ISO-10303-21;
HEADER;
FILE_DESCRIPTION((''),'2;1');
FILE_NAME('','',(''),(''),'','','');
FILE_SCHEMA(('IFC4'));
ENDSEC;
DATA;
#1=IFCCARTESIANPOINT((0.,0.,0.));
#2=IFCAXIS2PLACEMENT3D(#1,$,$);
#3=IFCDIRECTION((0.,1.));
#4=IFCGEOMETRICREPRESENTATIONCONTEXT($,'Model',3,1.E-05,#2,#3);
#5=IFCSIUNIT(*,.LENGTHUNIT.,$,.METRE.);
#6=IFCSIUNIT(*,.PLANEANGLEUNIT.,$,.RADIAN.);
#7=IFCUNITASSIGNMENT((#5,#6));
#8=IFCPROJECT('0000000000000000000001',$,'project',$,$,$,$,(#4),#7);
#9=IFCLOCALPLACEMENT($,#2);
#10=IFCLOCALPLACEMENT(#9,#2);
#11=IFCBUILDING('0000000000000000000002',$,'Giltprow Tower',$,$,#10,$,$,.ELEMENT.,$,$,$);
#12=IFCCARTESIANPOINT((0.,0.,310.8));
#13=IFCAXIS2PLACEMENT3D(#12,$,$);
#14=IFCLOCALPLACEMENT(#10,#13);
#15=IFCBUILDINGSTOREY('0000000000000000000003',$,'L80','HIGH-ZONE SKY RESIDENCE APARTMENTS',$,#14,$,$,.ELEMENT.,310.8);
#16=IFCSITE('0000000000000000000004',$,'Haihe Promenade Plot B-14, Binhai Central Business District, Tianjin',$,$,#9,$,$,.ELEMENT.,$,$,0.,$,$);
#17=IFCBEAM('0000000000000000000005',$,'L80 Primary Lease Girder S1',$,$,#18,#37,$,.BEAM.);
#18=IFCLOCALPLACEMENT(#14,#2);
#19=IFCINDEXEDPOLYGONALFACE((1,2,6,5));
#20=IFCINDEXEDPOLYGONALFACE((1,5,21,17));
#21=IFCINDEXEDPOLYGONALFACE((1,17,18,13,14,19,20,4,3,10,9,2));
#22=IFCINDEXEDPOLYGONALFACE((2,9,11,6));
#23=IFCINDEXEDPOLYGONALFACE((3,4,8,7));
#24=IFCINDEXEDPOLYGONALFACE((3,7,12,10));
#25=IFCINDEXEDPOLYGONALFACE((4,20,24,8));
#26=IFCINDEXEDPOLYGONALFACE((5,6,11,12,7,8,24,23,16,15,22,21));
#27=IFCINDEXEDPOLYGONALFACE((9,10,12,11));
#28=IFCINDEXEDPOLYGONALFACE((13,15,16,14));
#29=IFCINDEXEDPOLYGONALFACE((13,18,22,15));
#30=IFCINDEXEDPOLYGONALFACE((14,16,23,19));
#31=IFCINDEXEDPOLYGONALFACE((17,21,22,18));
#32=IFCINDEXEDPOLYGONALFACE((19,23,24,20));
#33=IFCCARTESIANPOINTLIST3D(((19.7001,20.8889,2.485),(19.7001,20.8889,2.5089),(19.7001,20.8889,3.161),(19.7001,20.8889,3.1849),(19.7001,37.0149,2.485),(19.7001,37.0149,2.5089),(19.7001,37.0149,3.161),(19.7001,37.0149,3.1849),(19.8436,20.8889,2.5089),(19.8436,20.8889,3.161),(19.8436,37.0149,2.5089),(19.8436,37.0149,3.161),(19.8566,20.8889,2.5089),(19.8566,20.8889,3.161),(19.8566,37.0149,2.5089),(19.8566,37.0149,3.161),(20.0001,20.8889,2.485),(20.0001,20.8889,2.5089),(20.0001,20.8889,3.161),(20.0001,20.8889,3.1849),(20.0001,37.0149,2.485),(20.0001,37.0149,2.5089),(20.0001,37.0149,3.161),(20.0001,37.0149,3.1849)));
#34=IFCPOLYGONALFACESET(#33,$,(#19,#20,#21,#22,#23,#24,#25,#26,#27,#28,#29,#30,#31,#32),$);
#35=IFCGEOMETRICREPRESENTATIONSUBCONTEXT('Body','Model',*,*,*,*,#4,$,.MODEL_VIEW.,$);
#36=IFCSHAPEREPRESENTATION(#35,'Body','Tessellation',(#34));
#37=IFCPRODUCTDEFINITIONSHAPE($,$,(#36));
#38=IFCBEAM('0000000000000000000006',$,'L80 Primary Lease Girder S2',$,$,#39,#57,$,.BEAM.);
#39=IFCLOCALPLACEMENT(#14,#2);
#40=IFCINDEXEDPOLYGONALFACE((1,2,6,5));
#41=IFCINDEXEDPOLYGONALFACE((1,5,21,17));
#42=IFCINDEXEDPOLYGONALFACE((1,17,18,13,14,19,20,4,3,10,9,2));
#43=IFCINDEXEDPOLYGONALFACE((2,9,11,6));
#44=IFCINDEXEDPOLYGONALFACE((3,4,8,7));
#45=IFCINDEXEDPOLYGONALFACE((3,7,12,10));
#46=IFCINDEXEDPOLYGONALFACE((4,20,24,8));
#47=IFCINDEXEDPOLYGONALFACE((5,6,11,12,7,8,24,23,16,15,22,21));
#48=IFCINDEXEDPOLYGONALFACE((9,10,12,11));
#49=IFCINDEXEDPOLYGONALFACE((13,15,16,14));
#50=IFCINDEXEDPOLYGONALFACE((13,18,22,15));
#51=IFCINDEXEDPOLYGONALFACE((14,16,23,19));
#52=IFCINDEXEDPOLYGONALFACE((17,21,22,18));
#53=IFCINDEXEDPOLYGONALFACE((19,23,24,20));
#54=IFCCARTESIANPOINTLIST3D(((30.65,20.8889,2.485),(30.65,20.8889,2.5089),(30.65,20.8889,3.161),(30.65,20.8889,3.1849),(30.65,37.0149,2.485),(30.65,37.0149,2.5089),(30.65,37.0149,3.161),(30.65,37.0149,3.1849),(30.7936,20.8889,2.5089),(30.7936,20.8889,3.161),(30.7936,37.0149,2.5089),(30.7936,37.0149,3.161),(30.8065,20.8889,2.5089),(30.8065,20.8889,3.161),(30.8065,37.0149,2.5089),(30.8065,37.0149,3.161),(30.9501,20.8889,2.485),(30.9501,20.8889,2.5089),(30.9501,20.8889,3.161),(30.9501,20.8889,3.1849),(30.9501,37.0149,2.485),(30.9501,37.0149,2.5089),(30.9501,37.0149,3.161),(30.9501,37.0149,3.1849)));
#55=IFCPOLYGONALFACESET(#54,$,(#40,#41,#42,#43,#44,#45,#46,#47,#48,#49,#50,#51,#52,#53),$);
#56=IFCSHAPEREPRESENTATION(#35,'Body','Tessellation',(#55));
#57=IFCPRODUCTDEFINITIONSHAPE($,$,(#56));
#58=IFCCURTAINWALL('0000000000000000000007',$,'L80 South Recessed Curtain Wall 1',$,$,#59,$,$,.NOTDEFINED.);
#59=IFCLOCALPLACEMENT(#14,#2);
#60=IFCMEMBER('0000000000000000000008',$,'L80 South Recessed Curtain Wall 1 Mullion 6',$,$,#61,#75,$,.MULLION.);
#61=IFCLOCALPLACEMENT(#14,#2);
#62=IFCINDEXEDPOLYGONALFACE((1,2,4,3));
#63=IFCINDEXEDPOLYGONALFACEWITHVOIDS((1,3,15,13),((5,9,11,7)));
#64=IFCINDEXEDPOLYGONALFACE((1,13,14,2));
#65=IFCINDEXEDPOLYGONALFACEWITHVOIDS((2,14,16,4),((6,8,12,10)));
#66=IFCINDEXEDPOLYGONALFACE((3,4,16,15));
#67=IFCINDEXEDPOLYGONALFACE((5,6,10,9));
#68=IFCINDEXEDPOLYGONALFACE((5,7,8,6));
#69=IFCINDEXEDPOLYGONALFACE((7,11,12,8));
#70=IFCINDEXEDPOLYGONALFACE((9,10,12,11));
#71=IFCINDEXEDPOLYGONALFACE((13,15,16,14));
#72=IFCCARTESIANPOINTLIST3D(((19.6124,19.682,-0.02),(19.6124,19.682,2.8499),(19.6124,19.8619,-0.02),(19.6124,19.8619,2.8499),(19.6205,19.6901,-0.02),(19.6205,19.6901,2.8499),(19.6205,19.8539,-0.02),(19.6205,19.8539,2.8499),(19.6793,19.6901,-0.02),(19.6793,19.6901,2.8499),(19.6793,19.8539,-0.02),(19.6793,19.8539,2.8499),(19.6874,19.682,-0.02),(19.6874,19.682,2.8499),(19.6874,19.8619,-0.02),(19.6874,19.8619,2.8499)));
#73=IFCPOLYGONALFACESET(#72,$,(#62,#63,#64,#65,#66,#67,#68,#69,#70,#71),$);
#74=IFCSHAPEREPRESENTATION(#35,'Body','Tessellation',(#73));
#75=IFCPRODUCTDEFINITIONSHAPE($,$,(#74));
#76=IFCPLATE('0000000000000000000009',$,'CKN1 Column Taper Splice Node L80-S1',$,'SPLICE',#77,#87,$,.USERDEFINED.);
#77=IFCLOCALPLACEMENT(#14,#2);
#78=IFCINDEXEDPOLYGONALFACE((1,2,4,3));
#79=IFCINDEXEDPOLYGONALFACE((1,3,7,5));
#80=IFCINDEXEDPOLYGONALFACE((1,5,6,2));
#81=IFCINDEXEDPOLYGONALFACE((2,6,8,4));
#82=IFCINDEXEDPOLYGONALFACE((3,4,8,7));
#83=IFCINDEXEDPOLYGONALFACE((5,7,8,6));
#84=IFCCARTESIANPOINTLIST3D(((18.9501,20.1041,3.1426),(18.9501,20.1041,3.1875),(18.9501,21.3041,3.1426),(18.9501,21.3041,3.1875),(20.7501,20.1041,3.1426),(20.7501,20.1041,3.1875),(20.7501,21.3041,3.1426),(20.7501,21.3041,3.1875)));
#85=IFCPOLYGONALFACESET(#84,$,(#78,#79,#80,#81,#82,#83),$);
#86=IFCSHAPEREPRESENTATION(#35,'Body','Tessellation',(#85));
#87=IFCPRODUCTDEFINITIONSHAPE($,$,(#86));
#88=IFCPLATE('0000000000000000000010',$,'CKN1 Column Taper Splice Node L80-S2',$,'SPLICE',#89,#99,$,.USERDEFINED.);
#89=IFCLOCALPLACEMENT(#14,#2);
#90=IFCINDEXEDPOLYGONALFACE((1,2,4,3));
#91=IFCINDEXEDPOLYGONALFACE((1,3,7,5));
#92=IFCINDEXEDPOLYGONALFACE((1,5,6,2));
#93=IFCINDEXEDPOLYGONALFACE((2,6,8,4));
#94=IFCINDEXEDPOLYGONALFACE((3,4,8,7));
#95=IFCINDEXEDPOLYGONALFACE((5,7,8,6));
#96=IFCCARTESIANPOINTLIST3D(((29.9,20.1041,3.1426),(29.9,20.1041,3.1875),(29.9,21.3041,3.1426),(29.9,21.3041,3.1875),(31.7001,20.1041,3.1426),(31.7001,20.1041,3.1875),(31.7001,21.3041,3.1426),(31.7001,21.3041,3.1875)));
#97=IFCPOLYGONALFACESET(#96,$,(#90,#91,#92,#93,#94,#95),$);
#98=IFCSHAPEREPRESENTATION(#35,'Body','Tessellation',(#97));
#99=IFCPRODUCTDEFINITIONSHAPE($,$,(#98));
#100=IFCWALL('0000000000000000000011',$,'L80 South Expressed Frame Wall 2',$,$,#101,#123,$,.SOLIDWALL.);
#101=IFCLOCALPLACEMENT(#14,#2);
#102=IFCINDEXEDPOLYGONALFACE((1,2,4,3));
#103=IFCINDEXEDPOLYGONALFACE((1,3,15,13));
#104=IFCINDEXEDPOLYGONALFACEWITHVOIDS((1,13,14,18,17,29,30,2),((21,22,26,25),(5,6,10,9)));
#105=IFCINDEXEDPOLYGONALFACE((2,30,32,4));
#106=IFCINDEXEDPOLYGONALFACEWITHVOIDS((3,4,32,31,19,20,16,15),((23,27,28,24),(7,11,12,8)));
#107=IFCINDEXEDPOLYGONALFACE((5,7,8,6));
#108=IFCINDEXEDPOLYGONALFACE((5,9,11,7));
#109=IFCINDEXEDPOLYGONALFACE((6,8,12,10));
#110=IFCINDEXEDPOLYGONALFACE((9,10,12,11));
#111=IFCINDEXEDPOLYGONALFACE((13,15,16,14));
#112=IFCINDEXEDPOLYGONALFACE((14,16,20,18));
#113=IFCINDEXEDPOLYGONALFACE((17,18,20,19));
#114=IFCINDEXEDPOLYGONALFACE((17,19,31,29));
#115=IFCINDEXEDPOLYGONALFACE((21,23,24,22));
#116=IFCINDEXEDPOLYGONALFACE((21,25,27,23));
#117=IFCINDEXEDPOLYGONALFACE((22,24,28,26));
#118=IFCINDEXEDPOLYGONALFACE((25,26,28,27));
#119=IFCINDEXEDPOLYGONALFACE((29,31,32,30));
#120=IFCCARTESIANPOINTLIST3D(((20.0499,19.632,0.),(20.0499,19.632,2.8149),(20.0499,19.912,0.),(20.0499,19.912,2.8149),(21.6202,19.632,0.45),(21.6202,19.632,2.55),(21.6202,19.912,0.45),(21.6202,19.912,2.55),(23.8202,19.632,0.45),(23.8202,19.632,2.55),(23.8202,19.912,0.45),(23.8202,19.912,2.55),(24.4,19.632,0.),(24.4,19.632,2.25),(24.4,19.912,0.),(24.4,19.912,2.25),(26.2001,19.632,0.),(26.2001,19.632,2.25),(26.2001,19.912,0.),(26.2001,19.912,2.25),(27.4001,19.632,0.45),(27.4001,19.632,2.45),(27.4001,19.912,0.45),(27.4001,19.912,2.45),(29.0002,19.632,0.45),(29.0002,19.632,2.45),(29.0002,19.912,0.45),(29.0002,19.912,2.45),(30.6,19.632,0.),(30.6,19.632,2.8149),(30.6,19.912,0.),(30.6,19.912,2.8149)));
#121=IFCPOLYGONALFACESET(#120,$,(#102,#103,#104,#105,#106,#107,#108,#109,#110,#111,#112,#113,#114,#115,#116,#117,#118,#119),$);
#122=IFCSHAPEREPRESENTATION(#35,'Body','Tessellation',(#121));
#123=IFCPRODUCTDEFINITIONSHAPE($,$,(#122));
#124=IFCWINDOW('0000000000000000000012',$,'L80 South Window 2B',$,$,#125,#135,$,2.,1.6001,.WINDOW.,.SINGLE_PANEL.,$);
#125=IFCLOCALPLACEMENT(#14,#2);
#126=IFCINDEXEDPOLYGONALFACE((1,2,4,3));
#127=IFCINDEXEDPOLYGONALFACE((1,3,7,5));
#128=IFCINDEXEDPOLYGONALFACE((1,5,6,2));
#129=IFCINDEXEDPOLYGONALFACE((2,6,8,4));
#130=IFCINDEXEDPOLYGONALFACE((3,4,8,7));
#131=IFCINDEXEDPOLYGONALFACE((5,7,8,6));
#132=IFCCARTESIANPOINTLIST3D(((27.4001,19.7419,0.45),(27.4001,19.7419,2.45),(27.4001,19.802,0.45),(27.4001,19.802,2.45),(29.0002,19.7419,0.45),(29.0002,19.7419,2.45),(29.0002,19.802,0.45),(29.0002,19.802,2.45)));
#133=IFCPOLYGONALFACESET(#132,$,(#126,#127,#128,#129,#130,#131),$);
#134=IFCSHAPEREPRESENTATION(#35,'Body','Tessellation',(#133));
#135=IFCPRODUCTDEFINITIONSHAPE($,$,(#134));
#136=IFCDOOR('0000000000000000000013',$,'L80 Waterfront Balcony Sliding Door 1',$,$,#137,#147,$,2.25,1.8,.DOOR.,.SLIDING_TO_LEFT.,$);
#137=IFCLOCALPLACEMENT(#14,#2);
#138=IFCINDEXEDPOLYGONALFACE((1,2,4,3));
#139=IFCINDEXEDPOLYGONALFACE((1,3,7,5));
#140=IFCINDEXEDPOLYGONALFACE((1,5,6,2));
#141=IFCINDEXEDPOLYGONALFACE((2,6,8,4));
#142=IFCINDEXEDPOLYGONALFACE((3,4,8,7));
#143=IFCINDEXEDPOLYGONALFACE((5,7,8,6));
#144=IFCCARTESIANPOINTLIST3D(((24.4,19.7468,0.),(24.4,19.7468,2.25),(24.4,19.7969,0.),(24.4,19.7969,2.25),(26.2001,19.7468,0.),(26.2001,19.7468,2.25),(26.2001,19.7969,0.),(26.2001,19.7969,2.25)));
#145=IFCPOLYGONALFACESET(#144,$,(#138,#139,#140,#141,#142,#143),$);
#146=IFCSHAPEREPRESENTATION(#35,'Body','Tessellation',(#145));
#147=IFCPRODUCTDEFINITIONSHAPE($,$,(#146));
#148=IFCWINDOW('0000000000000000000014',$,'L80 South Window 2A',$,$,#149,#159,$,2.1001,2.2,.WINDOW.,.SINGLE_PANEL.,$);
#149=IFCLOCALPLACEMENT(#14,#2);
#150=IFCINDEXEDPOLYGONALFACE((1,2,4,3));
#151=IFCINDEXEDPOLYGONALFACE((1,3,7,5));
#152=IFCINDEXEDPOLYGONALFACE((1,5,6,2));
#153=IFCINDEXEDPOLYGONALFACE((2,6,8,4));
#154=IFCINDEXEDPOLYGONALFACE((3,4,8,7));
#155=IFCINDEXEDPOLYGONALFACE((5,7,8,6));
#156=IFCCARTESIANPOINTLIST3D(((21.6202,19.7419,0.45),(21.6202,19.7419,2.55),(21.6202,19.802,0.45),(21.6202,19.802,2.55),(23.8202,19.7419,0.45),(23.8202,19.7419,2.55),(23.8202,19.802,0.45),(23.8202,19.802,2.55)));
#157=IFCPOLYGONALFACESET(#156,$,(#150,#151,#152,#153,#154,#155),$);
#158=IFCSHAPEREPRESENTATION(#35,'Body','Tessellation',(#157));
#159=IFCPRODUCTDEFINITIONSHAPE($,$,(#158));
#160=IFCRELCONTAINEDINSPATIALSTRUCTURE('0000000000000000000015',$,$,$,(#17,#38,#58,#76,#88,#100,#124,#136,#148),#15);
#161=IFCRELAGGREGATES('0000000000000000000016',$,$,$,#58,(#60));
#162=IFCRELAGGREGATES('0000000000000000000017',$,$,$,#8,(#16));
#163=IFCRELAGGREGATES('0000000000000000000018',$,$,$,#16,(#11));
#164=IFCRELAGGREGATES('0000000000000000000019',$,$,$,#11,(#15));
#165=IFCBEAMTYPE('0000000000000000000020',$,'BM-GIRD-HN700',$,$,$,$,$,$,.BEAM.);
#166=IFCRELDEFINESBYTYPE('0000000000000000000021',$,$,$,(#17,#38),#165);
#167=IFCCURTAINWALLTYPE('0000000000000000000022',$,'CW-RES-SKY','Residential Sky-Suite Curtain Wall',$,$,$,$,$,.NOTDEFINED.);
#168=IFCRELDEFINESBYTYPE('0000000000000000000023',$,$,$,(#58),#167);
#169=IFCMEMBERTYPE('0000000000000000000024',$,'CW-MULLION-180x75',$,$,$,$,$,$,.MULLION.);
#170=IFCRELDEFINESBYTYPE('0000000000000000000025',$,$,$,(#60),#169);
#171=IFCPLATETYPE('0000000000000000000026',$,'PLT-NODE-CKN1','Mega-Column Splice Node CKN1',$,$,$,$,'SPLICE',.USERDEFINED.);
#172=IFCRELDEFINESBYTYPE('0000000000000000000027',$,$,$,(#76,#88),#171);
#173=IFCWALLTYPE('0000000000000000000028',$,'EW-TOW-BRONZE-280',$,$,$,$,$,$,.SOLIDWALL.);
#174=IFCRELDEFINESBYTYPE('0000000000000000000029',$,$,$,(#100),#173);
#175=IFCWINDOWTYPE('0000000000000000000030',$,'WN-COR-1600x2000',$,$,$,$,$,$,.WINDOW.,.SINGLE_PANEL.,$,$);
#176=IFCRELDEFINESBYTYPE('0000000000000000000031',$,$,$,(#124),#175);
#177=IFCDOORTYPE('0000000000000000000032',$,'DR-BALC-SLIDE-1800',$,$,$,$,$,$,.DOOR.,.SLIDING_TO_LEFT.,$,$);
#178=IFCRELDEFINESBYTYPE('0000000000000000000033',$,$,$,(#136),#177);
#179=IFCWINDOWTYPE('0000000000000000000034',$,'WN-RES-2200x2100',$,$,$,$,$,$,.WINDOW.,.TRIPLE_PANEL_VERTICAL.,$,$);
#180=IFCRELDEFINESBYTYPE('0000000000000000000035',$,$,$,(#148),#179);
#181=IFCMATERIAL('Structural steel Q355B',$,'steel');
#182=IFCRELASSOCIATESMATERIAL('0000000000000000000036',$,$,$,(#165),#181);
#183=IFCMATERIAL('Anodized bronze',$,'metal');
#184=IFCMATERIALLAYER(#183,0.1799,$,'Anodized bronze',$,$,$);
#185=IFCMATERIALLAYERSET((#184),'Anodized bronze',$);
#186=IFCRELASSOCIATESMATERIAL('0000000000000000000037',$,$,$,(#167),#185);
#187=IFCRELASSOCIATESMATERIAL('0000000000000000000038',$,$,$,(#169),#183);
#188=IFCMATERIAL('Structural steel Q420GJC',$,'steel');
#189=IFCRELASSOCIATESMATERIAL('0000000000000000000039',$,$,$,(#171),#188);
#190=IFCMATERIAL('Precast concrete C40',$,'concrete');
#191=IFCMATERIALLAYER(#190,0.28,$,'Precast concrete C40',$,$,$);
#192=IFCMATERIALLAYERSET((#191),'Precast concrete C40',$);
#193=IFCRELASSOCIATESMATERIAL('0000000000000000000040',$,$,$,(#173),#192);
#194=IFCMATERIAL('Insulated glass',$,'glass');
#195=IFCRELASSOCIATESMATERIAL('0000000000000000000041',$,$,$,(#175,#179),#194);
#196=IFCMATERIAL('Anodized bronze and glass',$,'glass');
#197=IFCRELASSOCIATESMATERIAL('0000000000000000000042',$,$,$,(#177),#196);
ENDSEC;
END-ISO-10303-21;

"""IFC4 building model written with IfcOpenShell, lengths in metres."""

from ifc_helpers import new_model, si_unit, direction, frame, frame_2d, origin, origin_2d, place, context, subcontext, project, spatial, rectangle, hollow_rectangle, i_section, extrude, source, transform, mapped, material, layer, layer_set, material_profile, profile_set, type_object, element, fill, aggregate, save


model = new_model("IFC4")

# Units and contexts
model_context = context("Model", 3, precision=1e-05, world=origin(), true_north=direction((0.0, 1.0)))
body_context = subcontext(model_context, "Body", "Model", "MODEL_VIEW")
ifc_project = project(units=[si_unit("LENGTHUNIT", "METRE"), si_unit("PLANEANGLEUNIT", "RADIAN")], contexts=[model_context])

# Site, building, storey
site_placement = place(None, origin())
site = spatial("IfcSite", under=ifc_project, at=site_placement, Name="Haihe Promenade Plot B-14, Binhai Central Business District, Tianjin", CompositionType="ELEMENT", RefElevation=0.0)
building_placement = place(site_placement, origin())
building = spatial("IfcBuilding", under=site, at=building_placement, Name="Giltprow Tower", CompositionType="ELEMENT")
storey_placement = place(building_placement, frame((0.0, 0.0, 310.8)))
storey = spatial("IfcBuildingStorey", under=building, at=storey_placement, Name="L80", Description="HIGH-ZONE SKY RESIDENCE APARTMENTS", CompositionType="ELEMENT", Elevation=310.8)

# Shared definitions
ifc_material_1 = material(Name="Structural steel Q355B", Category="steel")

# Beams
ifc_material_profile_1 = material_profile(ifc_material_1, i_section(OverallWidth=0.3, OverallDepth=0.7, WebThickness=0.0129, FlangeThickness=0.0239, at=origin_2d()), Name="HN 700x300x13x24")
ifc_profile_set_1 = profile_set([ifc_material_profile_1], Name="Structural steel Q355B")
beam_type_1 = type_object("IfcBeamType", Name="BM-GIRD-HN700", PredefinedType="BEAM", material=ifc_profile_set_1)
shared_shape_1 = source(origin(), body_context, "Body", "SweptSolid", [
    extrude(i_section(OverallWidth=0.3, OverallDepth=0.7, WebThickness=0.0129, FlangeThickness=0.0239, at=origin_2d()), origin(), (0.0, 0.0, 1.0), 16.126),
])
for number, where, z_axis, x_axis, name in (
    (1, (19.8501, 20.8889, 2.835), (0.0, 1.0, 0.0), (-1.0, 0.0, 0.0), "L80 Primary Lease Girder S1"),
    (2, (30.8, 20.8889, 2.835), (0.0, 1.0, 0.0), (-1.0, 0.0, 0.0), "L80 Primary Lease Girder S2"),
):
    element("IfcBeam", number, at=place(storey_placement, frame(where, z_axis=z_axis, x_axis=x_axis)), inside=storey, type_object=beam_type_1, Name=name, PredefinedType="BEAM", context=body_context, shape_type="MappedRepresentation", body=[
        mapped(shared_shape_1, transform((0.0, 0.0, 0.0), x_axis=(1.0, 0.0, 0.0), y_axis=(0.0, 1.0, 0.0), z_axis=(0.0, 0.0, 1.0), scale=1.0)),
    ])

# Curtain wall, member
ifc_material_2 = material(Name="Anodized bronze", Category="metal")
ifc_layer_1 = layer(ifc_material_2, 0.1799, Name="Anodized bronze")
ifc_layer_set_1 = layer_set([ifc_layer_1], Name="Anodized bronze")
curtain_wall_type = type_object("IfcCurtainWallType", Name="CW-RES-SKY", Description="Residential Sky-Suite Curtain Wall", PredefinedType="NOTDEFINED", material=ifc_layer_set_1)
curtain_wall_placement = place(storey_placement, origin())
curtain_wall = element("IfcCurtainWall", 3, at=curtain_wall_placement, inside=storey, type_object=curtain_wall_type, Name="L80 South Recessed Curtain Wall 1", PredefinedType="NOTDEFINED")
ifc_material_profile_2 = material_profile(ifc_material_2, hollow_rectangle(XDim=0.075, YDim=0.1799, WallThickness=0.0081, at=origin_2d()), Name="RHS 180x75x8")
ifc_profile_set_2 = profile_set([ifc_material_profile_2], Name="Anodized bronze")
member_type = type_object("IfcMemberType", Name="CW-MULLION-180x75", PredefinedType="MULLION", material=ifc_profile_set_2)
shared_shape_2 = source(origin(), body_context, "Body", "SweptSolid", [
    extrude(hollow_rectangle(XDim=0.075, YDim=0.1799, WallThickness=0.0081, at=origin_2d()), origin(), (0.0, 0.0, 1.0), 2.8699),
])
member_placement = place(storey_placement, frame((19.6499, 19.772, -0.02), z_axis=(0.0, 0.0, 1.0), x_axis=(1.0, 0.0, 0.0)))
member = element("IfcMember", 4, at=member_placement, type_object=member_type, Name="L80 South Recessed Curtain Wall 1 Mullion 6", PredefinedType="MULLION", context=body_context, shape_type="MappedRepresentation", body=[
    mapped(shared_shape_2, transform((0.0, 0.0, 0.0), x_axis=(1.0, 0.0, 0.0), y_axis=(0.0, 1.0, 0.0), z_axis=(0.0, 0.0, 1.0), scale=1.0)),
])
aggregate(curtain_wall, [member])

# Plates
ifc_material_3 = material(Name="Structural steel Q420GJC", Category="steel")
plate_type = type_object("IfcPlateType", Name="PLT-NODE-CKN1", Description="Mega-Column Splice Node CKN1", ElementType="SPLICE", PredefinedType="USERDEFINED", material=ifc_material_3)
shared_shape_3 = source(origin(), body_context, "Body", "SweptSolid", [
    extrude(rectangle(XDim=1.8, YDim=1.2, at=origin_2d()), origin(), (0.0, 0.0, 1.0), 0.0449),
])
for number, where, z_axis, x_axis, name in (
    (5, (19.8501, 20.7041, 3.1426), (0.0, 0.0, 1.0), (1.0, 0.0, 0.0), "CKN1 Column Taper Splice Node L80-S1"),
    (6, (30.8, 20.7041, 3.1426), (0.0, 0.0, 1.0), (1.0, 0.0, 0.0), "CKN1 Column Taper Splice Node L80-S2"),
):
    element("IfcPlate", number, at=place(storey_placement, frame(where, z_axis=z_axis, x_axis=x_axis)), inside=storey, type_object=plate_type, Name=name, ObjectType="SPLICE", PredefinedType="USERDEFINED", context=body_context, shape_type="MappedRepresentation", body=[
        mapped(shared_shape_3, transform((0.0, 0.0, 0.0), x_axis=(1.0, 0.0, 0.0), y_axis=(0.0, 1.0, 0.0), z_axis=(0.0, 0.0, 1.0), scale=1.0)),
    ])

# Wall, openings, windows, door
ifc_material_4 = material(Name="Precast concrete C40", Category="concrete")
ifc_layer_2 = layer(ifc_material_4, 0.28, Name="Precast concrete C40")
ifc_layer_set_2 = layer_set([ifc_layer_2], Name="Precast concrete C40")
wall_type_1 = type_object("IfcWallType", Name="EW-TOW-BRONZE-280", PredefinedType="SOLIDWALL", material=ifc_layer_set_2)
wall_1_placement = place(storey_placement, frame((20.05, 19.772, 0.0), z_axis=(0.0, 0.0, 1.0), x_axis=(1.0, 0.0, 0.0)))
wall_1 = element("IfcWall", 7, at=wall_1_placement, inside=storey, type_object=wall_type_1, Name="L80 South Expressed Frame Wall 2", PredefinedType="SOLIDWALL", context=body_context, shape_type="SweptSolid", body=[
    extrude(rectangle(XDim=10.55, YDim=0.28, at=frame_2d((5.2749, 0.0))), origin(), (0.0, 0.0, 1.0), 2.8149),
])
opening_1_placement = place(wall_1_placement, frame((4.3501, 0.0, 0.0)))
opening_1 = element("IfcOpeningElement", 8, at=opening_1_placement, cuts=wall_1, PredefinedType="OPENING", context=body_context, shape_type="SweptSolid", body=[
    extrude(rectangle(XDim=1.8, YDim=2.25, at=frame_2d((0.8999, 1.125))), frame((0.0, 0.1499, 0.0), z_axis=(0.0, -1.0, 0.0), x_axis=(1.0, 0.0, 0.0)), (0.0, 0.0, 1.0), 0.3),
])
opening_2_placement = place(wall_1_placement, frame((1.5701, 0.0, 0.45)))
opening_2 = element("IfcOpeningElement", 9, at=opening_2_placement, cuts=wall_1, PredefinedType="OPENING", context=body_context, shape_type="SweptSolid", body=[
    extrude(rectangle(XDim=2.2, YDim=2.1001, at=frame_2d((1.1001, 1.05))), frame((0.0, 0.1499, 0.0), z_axis=(0.0, -1.0, 0.0), x_axis=(1.0, 0.0, 0.0)), (0.0, 0.0, 1.0), 0.3),
])
opening_3_placement = place(wall_1_placement, frame((7.3501, 0.0, 0.45)))
opening_3 = element("IfcOpeningElement", 10, at=opening_3_placement, cuts=wall_1, PredefinedType="OPENING", context=body_context, shape_type="SweptSolid", body=[
    extrude(rectangle(XDim=1.6001, YDim=2.0, at=frame_2d((0.8, 1.0))), frame((0.0, 0.1499, 0.0), z_axis=(0.0, -1.0, 0.0), x_axis=(1.0, 0.0, 0.0)), (0.0, 0.0, 1.0), 0.3),
])
ifc_material_5 = material(Name="Insulated glass", Category="glass")
window_type_1 = type_object("IfcWindowType", Name="WN-COR-1600x2000", PartitioningType="SINGLE_PANEL", PredefinedType="WINDOW", material=ifc_material_5)
shared_shape_4 = source(origin(), body_context, "Body", "SweptSolid", [
    extrude(rectangle(XDim=1.6001, YDim=2.0, at=frame_2d((0.8, 1.0))), frame((0.0, 0.03, 0.0), z_axis=(0.0, -1.0, 0.0), x_axis=(1.0, 0.0, 0.0)), (0.0, 0.0, 1.0), 0.0601),
])
window_1_placement = place(opening_3_placement, origin())
window_1 = element("IfcWindow", 11, at=window_1_placement, inside=storey, type_object=window_type_1, Name="L80 South Window 2B", OverallHeight=2.0, OverallWidth=1.6001, PartitioningType="SINGLE_PANEL", PredefinedType="WINDOW", context=body_context, shape_type="MappedRepresentation", body=[
    mapped(shared_shape_4, transform((0.0, 0.0, 0.0), x_axis=(1.0, 0.0, 0.0), y_axis=(0.0, 1.0, 0.0), z_axis=(0.0, 0.0, 1.0), scale=1.0)),
])
fill(opening_3, window_1)
ifc_material_6 = material(Name="Anodized bronze and glass", Category="glass")
door_type_1 = type_object("IfcDoorType", Name="DR-BALC-SLIDE-1800", OperationType="SLIDING_TO_LEFT", PredefinedType="DOOR", material=ifc_material_6)
shared_shape_5 = source(origin(), body_context, "Body", "SweptSolid", [
    extrude(rectangle(XDim=1.8, YDim=2.25, at=frame_2d((0.8999, 1.125))), frame((0.0, 0.0249, 0.0), z_axis=(0.0, -1.0, 0.0), x_axis=(1.0, 0.0, 0.0)), (0.0, 0.0, 1.0), 0.05),
])
door_1_placement = place(opening_1_placement, origin())
door_1 = element("IfcDoor", 12, at=door_1_placement, inside=storey, type_object=door_type_1, Name="L80 Waterfront Balcony Sliding Door 1", OperationType="SLIDING_TO_LEFT", OverallHeight=2.25, OverallWidth=1.8, PredefinedType="DOOR", context=body_context, shape_type="MappedRepresentation", body=[
    mapped(shared_shape_5, transform((0.0, 0.0, 0.0), x_axis=(1.0, 0.0, 0.0), y_axis=(0.0, 1.0, 0.0), z_axis=(0.0, 0.0, 1.0), scale=1.0)),
])
fill(opening_1, door_1)
window_type_2 = type_object("IfcWindowType", Name="WN-RES-2200x2100", PartitioningType="TRIPLE_PANEL_VERTICAL", PredefinedType="WINDOW", material=ifc_material_5)
shared_shape_6 = source(origin(), body_context, "Body", "SweptSolid", [
    extrude(rectangle(XDim=2.2, YDim=2.1001, at=frame_2d((1.1001, 1.05))), frame((0.0, 0.03, 0.0), z_axis=(0.0, -1.0, 0.0), x_axis=(1.0, 0.0, 0.0)), (0.0, 0.0, 1.0), 0.0601),
])
window_2_placement = place(opening_2_placement, origin())
window_2 = element("IfcWindow", 13, at=window_2_placement, inside=storey, type_object=window_type_2, Name="L80 South Window 2A", OverallHeight=2.1001, OverallWidth=2.2, PartitioningType="SINGLE_PANEL", PredefinedType="WINDOW", context=body_context, shape_type="MappedRepresentation", body=[
    mapped(shared_shape_6, transform((0.0, 0.0, 0.0), x_axis=(1.0, 0.0, 0.0), y_axis=(0.0, 1.0, 0.0), z_axis=(0.0, 0.0, 1.0), scale=1.0)),
])
fill(opening_2, window_2)

save(model, "model.ifc")
